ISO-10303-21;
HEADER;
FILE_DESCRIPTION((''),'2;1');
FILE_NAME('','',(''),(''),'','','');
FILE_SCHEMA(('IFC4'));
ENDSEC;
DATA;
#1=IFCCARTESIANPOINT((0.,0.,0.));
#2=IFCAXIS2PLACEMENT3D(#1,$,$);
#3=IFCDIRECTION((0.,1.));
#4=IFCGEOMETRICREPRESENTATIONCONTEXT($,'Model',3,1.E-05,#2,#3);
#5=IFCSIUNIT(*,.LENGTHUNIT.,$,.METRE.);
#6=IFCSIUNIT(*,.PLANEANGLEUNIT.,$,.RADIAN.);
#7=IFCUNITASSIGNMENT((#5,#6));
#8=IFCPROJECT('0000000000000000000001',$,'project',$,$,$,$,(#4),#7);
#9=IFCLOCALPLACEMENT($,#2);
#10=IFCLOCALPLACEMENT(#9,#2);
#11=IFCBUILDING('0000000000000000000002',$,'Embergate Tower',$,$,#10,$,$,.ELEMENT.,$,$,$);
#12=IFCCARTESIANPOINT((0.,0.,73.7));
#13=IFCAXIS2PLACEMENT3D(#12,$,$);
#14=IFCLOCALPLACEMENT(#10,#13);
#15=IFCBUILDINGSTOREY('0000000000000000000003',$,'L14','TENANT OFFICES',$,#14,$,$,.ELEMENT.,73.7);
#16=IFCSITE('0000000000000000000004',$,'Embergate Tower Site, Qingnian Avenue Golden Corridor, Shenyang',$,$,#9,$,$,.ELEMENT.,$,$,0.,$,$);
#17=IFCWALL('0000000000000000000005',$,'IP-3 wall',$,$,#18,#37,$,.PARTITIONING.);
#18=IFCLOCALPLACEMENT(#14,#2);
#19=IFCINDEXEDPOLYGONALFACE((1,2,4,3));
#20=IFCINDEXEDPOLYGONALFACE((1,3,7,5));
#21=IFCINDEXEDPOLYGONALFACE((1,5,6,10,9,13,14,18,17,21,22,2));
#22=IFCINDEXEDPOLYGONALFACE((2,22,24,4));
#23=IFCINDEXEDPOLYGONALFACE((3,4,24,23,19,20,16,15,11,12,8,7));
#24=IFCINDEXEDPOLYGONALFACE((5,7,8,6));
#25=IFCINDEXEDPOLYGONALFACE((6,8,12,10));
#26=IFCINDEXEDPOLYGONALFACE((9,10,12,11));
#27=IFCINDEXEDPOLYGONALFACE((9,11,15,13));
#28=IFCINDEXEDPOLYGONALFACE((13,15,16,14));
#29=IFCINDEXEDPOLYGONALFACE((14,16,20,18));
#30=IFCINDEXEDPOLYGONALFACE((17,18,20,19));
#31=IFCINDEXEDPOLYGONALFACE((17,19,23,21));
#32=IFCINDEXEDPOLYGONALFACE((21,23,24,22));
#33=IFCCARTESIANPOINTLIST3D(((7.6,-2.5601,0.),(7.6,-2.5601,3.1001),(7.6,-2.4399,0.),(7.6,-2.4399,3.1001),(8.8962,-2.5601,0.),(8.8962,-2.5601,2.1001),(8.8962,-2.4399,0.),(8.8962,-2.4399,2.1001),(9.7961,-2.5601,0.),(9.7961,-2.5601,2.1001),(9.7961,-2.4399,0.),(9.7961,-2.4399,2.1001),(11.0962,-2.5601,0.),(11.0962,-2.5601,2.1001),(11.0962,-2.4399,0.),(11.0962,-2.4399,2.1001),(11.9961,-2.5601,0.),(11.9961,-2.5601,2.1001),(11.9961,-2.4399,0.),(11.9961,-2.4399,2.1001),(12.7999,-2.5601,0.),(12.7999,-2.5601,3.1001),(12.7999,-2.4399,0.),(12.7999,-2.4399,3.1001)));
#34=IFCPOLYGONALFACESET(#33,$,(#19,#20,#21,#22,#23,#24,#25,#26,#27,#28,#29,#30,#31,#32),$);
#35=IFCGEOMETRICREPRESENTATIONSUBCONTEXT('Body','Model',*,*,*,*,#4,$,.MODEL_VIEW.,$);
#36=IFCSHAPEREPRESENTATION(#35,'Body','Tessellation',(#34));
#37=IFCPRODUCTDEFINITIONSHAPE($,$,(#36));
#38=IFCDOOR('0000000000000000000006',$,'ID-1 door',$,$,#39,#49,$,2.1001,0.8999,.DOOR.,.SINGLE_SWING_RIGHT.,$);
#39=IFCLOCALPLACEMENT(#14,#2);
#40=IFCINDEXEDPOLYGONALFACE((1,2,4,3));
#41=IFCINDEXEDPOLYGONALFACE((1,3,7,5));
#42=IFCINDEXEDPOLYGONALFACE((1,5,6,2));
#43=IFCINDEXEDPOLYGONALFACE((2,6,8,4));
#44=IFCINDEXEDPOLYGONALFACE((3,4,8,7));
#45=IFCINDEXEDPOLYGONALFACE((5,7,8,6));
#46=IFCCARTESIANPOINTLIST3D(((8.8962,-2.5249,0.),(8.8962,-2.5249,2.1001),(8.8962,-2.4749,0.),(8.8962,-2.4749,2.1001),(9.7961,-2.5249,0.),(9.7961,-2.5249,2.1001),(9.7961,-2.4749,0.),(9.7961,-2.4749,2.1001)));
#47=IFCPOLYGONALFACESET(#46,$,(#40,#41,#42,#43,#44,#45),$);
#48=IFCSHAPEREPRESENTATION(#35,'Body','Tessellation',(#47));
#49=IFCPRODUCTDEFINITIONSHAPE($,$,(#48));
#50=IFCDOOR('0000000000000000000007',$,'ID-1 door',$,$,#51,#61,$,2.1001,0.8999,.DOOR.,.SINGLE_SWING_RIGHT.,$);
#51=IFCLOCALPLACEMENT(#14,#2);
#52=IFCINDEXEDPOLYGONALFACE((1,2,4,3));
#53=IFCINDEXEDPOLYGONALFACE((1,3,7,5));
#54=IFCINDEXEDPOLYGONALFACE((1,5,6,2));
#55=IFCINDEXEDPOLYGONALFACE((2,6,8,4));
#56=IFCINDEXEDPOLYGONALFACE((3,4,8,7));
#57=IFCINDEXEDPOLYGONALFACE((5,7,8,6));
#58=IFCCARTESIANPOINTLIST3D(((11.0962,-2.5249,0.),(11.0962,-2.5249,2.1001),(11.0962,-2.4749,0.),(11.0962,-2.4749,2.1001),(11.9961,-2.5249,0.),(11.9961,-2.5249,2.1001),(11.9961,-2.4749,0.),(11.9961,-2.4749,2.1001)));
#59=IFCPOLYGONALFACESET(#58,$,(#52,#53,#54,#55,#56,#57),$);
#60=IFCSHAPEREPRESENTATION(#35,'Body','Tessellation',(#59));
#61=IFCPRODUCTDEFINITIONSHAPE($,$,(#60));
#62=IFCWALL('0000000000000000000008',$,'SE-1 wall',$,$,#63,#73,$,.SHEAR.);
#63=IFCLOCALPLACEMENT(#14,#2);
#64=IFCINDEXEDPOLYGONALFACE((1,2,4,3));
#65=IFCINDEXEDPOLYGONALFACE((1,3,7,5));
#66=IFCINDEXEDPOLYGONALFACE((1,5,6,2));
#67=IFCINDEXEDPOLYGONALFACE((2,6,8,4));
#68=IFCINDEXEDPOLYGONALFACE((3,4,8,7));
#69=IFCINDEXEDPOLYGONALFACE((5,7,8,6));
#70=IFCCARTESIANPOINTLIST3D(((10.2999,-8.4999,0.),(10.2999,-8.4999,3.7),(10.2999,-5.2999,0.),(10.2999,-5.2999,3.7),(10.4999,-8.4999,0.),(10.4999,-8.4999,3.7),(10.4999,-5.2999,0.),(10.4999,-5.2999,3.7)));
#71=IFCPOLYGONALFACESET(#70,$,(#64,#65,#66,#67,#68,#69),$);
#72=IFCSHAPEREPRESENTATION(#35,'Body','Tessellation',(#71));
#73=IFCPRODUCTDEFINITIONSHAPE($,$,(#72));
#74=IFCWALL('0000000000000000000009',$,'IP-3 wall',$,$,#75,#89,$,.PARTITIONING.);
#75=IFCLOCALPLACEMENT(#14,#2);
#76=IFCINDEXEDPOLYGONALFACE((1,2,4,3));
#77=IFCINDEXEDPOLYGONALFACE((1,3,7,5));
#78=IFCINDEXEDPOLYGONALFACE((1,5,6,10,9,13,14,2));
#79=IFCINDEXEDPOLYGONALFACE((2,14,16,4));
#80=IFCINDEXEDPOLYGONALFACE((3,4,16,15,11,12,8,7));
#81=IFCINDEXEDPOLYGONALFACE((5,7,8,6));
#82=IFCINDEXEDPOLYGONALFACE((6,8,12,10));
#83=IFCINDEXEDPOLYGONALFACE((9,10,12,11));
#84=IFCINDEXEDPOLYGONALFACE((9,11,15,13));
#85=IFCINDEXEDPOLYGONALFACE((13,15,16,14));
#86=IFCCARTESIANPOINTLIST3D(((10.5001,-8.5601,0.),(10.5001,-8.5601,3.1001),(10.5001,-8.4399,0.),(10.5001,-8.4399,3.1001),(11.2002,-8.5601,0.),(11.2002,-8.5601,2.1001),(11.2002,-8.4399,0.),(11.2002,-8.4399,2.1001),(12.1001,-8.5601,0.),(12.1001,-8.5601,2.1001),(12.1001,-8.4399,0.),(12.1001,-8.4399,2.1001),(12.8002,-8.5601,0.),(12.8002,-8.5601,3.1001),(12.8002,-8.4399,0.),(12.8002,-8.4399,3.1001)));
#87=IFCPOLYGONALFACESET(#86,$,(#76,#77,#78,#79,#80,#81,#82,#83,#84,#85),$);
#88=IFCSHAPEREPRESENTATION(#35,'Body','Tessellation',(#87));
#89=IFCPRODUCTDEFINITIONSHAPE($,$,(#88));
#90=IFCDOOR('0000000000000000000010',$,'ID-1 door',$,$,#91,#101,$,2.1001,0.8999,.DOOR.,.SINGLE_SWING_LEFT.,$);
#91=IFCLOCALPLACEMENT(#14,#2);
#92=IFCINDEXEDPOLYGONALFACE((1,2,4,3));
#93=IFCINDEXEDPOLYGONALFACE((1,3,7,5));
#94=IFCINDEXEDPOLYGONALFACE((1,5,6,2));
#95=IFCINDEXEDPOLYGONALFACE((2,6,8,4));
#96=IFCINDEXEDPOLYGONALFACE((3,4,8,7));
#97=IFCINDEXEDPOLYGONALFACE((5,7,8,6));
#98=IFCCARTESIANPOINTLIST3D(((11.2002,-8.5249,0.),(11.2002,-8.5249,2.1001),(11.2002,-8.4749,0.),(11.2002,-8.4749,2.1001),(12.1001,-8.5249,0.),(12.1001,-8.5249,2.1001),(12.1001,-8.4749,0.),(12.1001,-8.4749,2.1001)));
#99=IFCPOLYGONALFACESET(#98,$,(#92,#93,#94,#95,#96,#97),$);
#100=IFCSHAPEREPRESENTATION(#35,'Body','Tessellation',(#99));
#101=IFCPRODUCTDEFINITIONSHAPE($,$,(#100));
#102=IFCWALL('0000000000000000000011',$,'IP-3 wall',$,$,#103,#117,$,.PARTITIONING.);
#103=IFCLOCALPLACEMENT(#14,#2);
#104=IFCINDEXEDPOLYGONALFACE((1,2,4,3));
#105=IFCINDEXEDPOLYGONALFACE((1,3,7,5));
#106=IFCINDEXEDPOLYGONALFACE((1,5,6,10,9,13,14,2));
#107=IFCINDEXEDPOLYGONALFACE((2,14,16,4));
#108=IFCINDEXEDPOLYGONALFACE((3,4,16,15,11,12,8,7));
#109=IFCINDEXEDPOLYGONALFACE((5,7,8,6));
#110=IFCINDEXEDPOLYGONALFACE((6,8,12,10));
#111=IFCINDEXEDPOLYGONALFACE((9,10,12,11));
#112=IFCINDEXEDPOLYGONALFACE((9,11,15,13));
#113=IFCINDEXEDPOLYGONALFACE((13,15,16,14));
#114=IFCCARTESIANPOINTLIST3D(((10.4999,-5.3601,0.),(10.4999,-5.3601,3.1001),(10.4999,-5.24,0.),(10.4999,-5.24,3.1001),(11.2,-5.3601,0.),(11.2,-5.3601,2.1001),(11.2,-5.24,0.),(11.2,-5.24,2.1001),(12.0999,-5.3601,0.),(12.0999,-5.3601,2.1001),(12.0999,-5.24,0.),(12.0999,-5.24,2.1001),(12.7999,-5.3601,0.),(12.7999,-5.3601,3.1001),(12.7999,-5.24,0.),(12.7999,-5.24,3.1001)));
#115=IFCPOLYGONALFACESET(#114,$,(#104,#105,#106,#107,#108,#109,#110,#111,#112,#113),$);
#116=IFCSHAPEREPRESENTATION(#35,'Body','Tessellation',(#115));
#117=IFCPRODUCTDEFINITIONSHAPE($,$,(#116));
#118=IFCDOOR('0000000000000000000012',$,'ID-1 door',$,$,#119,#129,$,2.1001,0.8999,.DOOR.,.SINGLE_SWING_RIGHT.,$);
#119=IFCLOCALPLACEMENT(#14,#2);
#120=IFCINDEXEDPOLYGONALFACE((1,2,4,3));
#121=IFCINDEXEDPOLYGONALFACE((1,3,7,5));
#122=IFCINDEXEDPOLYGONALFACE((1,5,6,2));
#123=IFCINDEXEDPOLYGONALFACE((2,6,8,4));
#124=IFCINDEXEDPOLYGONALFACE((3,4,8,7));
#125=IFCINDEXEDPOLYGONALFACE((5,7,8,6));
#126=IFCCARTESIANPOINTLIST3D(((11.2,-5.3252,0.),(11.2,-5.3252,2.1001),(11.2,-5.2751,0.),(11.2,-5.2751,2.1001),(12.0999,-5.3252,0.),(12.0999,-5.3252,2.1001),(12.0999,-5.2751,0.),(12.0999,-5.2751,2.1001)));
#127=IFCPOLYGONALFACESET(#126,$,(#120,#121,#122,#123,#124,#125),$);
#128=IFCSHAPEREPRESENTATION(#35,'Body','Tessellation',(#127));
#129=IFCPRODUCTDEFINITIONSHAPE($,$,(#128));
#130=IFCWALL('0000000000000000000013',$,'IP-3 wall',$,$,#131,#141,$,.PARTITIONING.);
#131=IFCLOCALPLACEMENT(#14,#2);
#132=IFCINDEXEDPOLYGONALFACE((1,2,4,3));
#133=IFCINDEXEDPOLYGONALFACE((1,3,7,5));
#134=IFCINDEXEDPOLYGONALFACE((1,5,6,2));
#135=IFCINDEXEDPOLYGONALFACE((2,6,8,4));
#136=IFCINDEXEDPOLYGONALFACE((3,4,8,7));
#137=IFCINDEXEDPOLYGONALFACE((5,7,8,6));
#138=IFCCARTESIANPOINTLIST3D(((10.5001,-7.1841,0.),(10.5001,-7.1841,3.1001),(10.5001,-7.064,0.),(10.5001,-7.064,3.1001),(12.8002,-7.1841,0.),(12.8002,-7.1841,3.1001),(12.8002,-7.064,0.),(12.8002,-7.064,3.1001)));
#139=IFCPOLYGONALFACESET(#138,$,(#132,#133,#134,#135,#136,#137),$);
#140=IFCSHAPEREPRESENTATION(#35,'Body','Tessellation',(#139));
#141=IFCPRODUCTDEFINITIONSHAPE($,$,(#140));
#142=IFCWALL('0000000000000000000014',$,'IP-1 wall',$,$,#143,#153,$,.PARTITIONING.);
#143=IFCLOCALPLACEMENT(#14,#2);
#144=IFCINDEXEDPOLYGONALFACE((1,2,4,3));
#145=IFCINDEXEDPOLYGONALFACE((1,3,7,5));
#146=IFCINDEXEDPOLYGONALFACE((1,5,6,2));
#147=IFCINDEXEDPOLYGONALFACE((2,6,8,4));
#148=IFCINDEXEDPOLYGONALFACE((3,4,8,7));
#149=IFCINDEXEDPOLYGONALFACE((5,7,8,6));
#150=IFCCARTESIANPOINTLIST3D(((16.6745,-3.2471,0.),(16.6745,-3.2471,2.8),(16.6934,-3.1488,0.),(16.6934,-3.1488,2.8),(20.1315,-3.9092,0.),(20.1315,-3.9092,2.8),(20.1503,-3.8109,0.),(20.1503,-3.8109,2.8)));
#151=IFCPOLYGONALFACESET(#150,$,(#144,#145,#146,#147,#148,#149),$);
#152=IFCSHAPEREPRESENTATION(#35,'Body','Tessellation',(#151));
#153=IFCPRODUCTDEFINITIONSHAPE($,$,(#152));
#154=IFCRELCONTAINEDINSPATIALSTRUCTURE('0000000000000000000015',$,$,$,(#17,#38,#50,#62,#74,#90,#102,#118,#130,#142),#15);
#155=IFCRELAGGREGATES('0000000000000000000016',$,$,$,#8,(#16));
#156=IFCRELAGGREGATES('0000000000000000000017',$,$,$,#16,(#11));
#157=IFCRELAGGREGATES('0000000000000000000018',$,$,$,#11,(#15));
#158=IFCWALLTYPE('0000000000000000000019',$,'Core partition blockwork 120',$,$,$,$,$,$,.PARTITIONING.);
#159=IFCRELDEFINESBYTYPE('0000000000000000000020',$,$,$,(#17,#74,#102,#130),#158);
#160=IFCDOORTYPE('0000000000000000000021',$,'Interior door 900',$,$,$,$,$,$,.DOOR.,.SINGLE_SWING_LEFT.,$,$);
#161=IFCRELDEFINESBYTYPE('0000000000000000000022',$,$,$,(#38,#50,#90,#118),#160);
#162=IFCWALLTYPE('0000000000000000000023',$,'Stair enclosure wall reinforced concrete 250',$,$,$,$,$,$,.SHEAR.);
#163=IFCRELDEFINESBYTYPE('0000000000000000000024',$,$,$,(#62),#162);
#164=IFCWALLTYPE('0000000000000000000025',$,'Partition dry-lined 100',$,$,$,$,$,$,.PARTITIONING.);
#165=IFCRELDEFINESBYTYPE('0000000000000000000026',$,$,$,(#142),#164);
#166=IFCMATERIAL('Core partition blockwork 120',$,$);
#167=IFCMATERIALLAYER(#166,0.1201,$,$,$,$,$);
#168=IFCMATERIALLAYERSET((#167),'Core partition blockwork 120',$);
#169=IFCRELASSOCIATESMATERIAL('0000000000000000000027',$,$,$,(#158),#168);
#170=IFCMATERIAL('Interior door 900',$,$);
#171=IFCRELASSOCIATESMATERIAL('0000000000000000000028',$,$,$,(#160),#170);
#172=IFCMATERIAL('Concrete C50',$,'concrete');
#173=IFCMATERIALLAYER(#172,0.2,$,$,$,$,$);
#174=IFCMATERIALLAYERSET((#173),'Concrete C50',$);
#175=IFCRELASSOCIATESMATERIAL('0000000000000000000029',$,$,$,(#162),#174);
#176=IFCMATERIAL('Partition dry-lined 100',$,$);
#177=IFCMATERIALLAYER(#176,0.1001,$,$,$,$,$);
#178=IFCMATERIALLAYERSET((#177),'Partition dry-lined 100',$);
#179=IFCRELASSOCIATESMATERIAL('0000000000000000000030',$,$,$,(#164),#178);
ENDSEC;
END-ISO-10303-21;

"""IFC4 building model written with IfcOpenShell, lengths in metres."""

from ifc_helpers import new_model, si_unit, direction, frame, frame_2d, origin, place, context, subcontext, project, spatial, rectangle, extrude, source, transform, mapped, material, layer, layer_set, type_object, element, fill, save


model = new_model("IFC4")

# Units and contexts
model_context = context("Model", 3, precision=1e-05, world=origin(), true_north=direction((0.0, 1.0)))
body_context = subcontext(model_context, "Body", "Model", "MODEL_VIEW")
ifc_project = project(units=[si_unit("LENGTHUNIT", "METRE"), si_unit("PLANEANGLEUNIT", "RADIAN")], contexts=[model_context])

# Site, building, storey
site_placement = place(None, origin())
site = spatial("IfcSite", under=ifc_project, at=site_placement, Name="Embergate Tower Site, Qingnian Avenue Golden Corridor, Shenyang", CompositionType="ELEMENT", RefElevation=0.0)
building_placement = place(site_placement, origin())
building = spatial("IfcBuilding", under=site, at=building_placement, Name="Embergate Tower", CompositionType="ELEMENT")
storey_placement = place(building_placement, frame((0.0, 0.0, 73.7)))
storey = spatial("IfcBuildingStorey", under=building, at=storey_placement, Name="L14", Description="TENANT OFFICES", CompositionType="ELEMENT", Elevation=73.7)

# Shared definitions
ifc_material_1 = material(Name="Concrete C50", Category="concrete")

# Shared definitions
ifc_material_2 = material(Name="Core partition blockwork 120")
ifc_layer_1 = layer(ifc_material_2, 0.1201)
ifc_layer_set_1 = layer_set([ifc_layer_1], Name="Core partition blockwork 120")
wall_type_1 = type_object("IfcWallType", Name="Core partition blockwork 120", PredefinedType="PARTITIONING", material=ifc_layer_set_1)
shared_shape_1 = source(origin(), body_context, "Body", "SweptSolid", [
    extrude(rectangle(XDim=0.8999, YDim=2.1001, at=frame_2d((0.45, 1.05))), frame((0.0, 0.0701, 0.0), z_axis=(0.0, -1.0, 0.0), x_axis=(1.0, 0.0, 0.0)), (0.0, 0.0, 1.0), 0.1401),
])
ifc_material_3 = material(Name="Interior door 900")
door_type_1 = type_object("IfcDoorType", Name="Interior door 900", OperationType="SINGLE_SWING_LEFT", PredefinedType="DOOR", material=ifc_material_3)
shared_shape_2 = source(origin(), body_context, "Body", "SweptSolid", [
    extrude(rectangle(XDim=0.8999, YDim=2.1001, at=frame_2d((0.45, 1.05))), frame((0.0, 0.0249, 0.0), z_axis=(0.0, -1.0, 0.0), x_axis=(1.0, 0.0, 0.0)), (0.0, 0.0, 1.0), 0.05),
])

# Wall, openings, doors
shared_shape_3 = source(origin(), body_context, "Body", "SweptSolid", [
    extrude(rectangle(XDim=5.2, YDim=0.1201, at=frame_2d((2.6001, 0.0))), origin(), (0.0, 0.0, 1.0), 3.1001),
])
wall_1_placement = place(storey_placement, frame((12.8, -2.5, 0.0), z_axis=(0.0, 0.0, 1.0), x_axis=(-1.0, 0.0, 0.0)))
wall_1 = element("IfcWall", 1, at=wall_1_placement, inside=storey, type_object=wall_type_1, Name="IP-3 wall", PredefinedType="PARTITIONING", context=body_context, shape_type="MappedRepresentation", body=[
    mapped(shared_shape_3, transform((0.0, 0.0, 0.0))),
])
opening_1_placement = place(wall_1_placement, frame((3.0039, 0.0, 0.0)))
opening_1 = element("IfcOpeningElement", 2, at=opening_1_placement, cuts=wall_1, PredefinedType="OPENING", context=body_context, shape_type="MappedRepresentation", body=[
    mapped(shared_shape_1, transform((0.0, 0.0, 0.0))),
])
opening_2_placement = place(wall_1_placement, frame((0.804, 0.0, 0.0)))
opening_2 = element("IfcOpeningElement", 3, at=opening_2_placement, cuts=wall_1, PredefinedType="OPENING", context=body_context, shape_type="MappedRepresentation", body=[
    mapped(shared_shape_1, transform((0.0, 0.0, 0.0))),
])
door_1_placement = place(opening_1_placement, origin())
door_1 = element("IfcDoor", 4, at=door_1_placement, inside=storey, type_object=door_type_1, Name="ID-1 door", OperationType="SINGLE_SWING_RIGHT", OverallHeight=2.1001, OverallWidth=0.8999, PredefinedType="DOOR", context=body_context, shape_type="MappedRepresentation", body=[
    mapped(shared_shape_2, transform((0.0, 0.0, 0.0))),
])
fill(opening_1, door_1)
door_2_placement = place(opening_2_placement, origin())
door_2 = element("IfcDoor", 5, at=door_2_placement, inside=storey, type_object=door_type_1, Name="ID-1 door", OperationType="SINGLE_SWING_RIGHT", OverallHeight=2.1001, OverallWidth=0.8999, PredefinedType="DOOR", context=body_context, shape_type="MappedRepresentation", body=[
    mapped(shared_shape_2, transform((0.0, 0.0, 0.0))),
])
fill(opening_2, door_2)

# Wall
ifc_layer_2 = layer(ifc_material_1, 0.2)
ifc_layer_set_2 = layer_set([ifc_layer_2], Name="Concrete C50")
wall_type_2 = type_object("IfcWallType", Name="Stair enclosure wall reinforced concrete 250", PredefinedType="SHEAR", material=ifc_layer_set_2)
shared_shape_4 = source(origin(), body_context, "Body", "SweptSolid", [
    extrude(rectangle(XDim=3.2, YDim=0.2, at=frame_2d((1.6001, 0.0))), origin(), (0.0, 0.0, 1.0), 3.7),
])
wall_2_placement = place(storey_placement, frame((10.3999, -8.5, 0.0), z_axis=(0.0, 0.0, 1.0), x_axis=(0.0, 1.0, 0.0)))
element("IfcWall", 6, at=wall_2_placement, inside=storey, type_object=wall_type_2, Name="SE-1 wall", PredefinedType="SHEAR", context=body_context, shape_type="MappedRepresentation", body=[
    mapped(shared_shape_4, transform((0.0, 0.0, 0.0))),
])

# Walls, openings, doors
shared_shape_5 = source(origin(), body_context, "Body", "SweptSolid", [
    extrude(rectangle(XDim=2.3, YDim=0.1201, at=frame_2d((1.1499, 0.0))), origin(), (0.0, 0.0, 1.0), 3.1001),
])
wall_3_placement = place(storey_placement, frame((12.8, -8.5, 0.0), z_axis=(0.0, 0.0, 1.0), x_axis=(-1.0, 0.0, 0.0)))
wall_3 = element("IfcWall", 7, at=wall_3_placement, inside=storey, type_object=wall_type_1, Name="IP-3 wall", PredefinedType="PARTITIONING", context=body_context, shape_type="MappedRepresentation", body=[
    mapped(shared_shape_5, transform((0.0, 0.0, 0.0))),
])
opening_3_placement = place(wall_3_placement, frame((0.7, 0.0, 0.0)))
opening_3 = element("IfcOpeningElement", 8, at=opening_3_placement, cuts=wall_3, PredefinedType="OPENING", context=body_context, shape_type="MappedRepresentation", body=[
    mapped(shared_shape_1, transform((0.0, 0.0, 0.0))),
])
door_3_placement = place(opening_3_placement, origin())
door_3 = element("IfcDoor", 9, at=door_3_placement, inside=storey, type_object=door_type_1, Name="ID-1 door", OperationType="SINGLE_SWING_LEFT", OverallHeight=2.1001, OverallWidth=0.8999, PredefinedType="DOOR", context=body_context, shape_type="MappedRepresentation", body=[
    mapped(shared_shape_2, transform((0.0, 0.0, 0.0))),
])
fill(opening_3, door_3)
wall_4_placement = place(storey_placement, frame((10.5, -5.3, 0.0), z_axis=(0.0, 0.0, 1.0), x_axis=(1.0, 0.0, 0.0)))
wall_4 = element("IfcWall", 10, at=wall_4_placement, inside=storey, type_object=wall_type_1, Name="IP-3 wall", PredefinedType="PARTITIONING", context=body_context, shape_type="MappedRepresentation", body=[
    mapped(shared_shape_5, transform((0.0, 0.0, 0.0))),
])
opening_4_placement = place(wall_4_placement, frame((0.7, 0.0, 0.0)))
opening_4 = element("IfcOpeningElement", 11, at=opening_4_placement, cuts=wall_4, PredefinedType="OPENING", context=body_context, shape_type="MappedRepresentation", body=[
    mapped(shared_shape_1, transform((0.0, 0.0, 0.0))),
])
door_4_placement = place(opening_4_placement, origin())
door_4 = element("IfcDoor", 12, at=door_4_placement, inside=storey, type_object=door_type_1, Name="ID-1 door", OperationType="SINGLE_SWING_RIGHT", OverallHeight=2.1001, OverallWidth=0.8999, PredefinedType="DOOR", context=body_context, shape_type="MappedRepresentation", body=[
    mapped(shared_shape_2, transform((0.0, 0.0, 0.0))),
])
fill(opening_4, door_4)

# Walls
wall_5_placement = place(storey_placement, frame((12.8, -7.124, 0.0), z_axis=(0.0, 0.0, 1.0), x_axis=(-1.0, 0.0, 0.0)))
element("IfcWall", 13, at=wall_5_placement, inside=storey, type_object=wall_type_1, Name="IP-3 wall", PredefinedType="PARTITIONING", context=body_context, shape_type="MappedRepresentation", body=[
    mapped(shared_shape_5, transform((0.0, 0.0, 0.0))),
])
ifc_material_4 = material(Name="Partition dry-lined 100")
ifc_layer_3 = layer(ifc_material_4, 0.1001)
ifc_layer_set_3 = layer_set([ifc_layer_3], Name="Partition dry-lined 100")
wall_type_3 = type_object("IfcWallType", Name="Partition dry-lined 100", PredefinedType="PARTITIONING", material=ifc_layer_set_3)
shared_shape_6 = source(origin(), body_context, "Body", "SweptSolid", [
    extrude(rectangle(XDim=3.5198, YDim=0.1001, at=frame_2d((1.7598, 0.0))), origin(), (0.0, 0.0, 1.0), 2.8),
])
wall_6_placement = place(storey_placement, frame((16.6841, -3.198, 0.0), z_axis=(0.0, 0.0, 1.0), x_axis=(0.982149, -0.188106, 0.0)))
element("IfcWall", 14, at=wall_6_placement, inside=storey, type_object=wall_type_3, Name="IP-1 wall", PredefinedType="PARTITIONING", context=body_context, shape_type="MappedRepresentation", body=[
    mapped(shared_shape_6, transform((0.0, 0.0, 0.0))),
])

save(model, "model.ifc")
